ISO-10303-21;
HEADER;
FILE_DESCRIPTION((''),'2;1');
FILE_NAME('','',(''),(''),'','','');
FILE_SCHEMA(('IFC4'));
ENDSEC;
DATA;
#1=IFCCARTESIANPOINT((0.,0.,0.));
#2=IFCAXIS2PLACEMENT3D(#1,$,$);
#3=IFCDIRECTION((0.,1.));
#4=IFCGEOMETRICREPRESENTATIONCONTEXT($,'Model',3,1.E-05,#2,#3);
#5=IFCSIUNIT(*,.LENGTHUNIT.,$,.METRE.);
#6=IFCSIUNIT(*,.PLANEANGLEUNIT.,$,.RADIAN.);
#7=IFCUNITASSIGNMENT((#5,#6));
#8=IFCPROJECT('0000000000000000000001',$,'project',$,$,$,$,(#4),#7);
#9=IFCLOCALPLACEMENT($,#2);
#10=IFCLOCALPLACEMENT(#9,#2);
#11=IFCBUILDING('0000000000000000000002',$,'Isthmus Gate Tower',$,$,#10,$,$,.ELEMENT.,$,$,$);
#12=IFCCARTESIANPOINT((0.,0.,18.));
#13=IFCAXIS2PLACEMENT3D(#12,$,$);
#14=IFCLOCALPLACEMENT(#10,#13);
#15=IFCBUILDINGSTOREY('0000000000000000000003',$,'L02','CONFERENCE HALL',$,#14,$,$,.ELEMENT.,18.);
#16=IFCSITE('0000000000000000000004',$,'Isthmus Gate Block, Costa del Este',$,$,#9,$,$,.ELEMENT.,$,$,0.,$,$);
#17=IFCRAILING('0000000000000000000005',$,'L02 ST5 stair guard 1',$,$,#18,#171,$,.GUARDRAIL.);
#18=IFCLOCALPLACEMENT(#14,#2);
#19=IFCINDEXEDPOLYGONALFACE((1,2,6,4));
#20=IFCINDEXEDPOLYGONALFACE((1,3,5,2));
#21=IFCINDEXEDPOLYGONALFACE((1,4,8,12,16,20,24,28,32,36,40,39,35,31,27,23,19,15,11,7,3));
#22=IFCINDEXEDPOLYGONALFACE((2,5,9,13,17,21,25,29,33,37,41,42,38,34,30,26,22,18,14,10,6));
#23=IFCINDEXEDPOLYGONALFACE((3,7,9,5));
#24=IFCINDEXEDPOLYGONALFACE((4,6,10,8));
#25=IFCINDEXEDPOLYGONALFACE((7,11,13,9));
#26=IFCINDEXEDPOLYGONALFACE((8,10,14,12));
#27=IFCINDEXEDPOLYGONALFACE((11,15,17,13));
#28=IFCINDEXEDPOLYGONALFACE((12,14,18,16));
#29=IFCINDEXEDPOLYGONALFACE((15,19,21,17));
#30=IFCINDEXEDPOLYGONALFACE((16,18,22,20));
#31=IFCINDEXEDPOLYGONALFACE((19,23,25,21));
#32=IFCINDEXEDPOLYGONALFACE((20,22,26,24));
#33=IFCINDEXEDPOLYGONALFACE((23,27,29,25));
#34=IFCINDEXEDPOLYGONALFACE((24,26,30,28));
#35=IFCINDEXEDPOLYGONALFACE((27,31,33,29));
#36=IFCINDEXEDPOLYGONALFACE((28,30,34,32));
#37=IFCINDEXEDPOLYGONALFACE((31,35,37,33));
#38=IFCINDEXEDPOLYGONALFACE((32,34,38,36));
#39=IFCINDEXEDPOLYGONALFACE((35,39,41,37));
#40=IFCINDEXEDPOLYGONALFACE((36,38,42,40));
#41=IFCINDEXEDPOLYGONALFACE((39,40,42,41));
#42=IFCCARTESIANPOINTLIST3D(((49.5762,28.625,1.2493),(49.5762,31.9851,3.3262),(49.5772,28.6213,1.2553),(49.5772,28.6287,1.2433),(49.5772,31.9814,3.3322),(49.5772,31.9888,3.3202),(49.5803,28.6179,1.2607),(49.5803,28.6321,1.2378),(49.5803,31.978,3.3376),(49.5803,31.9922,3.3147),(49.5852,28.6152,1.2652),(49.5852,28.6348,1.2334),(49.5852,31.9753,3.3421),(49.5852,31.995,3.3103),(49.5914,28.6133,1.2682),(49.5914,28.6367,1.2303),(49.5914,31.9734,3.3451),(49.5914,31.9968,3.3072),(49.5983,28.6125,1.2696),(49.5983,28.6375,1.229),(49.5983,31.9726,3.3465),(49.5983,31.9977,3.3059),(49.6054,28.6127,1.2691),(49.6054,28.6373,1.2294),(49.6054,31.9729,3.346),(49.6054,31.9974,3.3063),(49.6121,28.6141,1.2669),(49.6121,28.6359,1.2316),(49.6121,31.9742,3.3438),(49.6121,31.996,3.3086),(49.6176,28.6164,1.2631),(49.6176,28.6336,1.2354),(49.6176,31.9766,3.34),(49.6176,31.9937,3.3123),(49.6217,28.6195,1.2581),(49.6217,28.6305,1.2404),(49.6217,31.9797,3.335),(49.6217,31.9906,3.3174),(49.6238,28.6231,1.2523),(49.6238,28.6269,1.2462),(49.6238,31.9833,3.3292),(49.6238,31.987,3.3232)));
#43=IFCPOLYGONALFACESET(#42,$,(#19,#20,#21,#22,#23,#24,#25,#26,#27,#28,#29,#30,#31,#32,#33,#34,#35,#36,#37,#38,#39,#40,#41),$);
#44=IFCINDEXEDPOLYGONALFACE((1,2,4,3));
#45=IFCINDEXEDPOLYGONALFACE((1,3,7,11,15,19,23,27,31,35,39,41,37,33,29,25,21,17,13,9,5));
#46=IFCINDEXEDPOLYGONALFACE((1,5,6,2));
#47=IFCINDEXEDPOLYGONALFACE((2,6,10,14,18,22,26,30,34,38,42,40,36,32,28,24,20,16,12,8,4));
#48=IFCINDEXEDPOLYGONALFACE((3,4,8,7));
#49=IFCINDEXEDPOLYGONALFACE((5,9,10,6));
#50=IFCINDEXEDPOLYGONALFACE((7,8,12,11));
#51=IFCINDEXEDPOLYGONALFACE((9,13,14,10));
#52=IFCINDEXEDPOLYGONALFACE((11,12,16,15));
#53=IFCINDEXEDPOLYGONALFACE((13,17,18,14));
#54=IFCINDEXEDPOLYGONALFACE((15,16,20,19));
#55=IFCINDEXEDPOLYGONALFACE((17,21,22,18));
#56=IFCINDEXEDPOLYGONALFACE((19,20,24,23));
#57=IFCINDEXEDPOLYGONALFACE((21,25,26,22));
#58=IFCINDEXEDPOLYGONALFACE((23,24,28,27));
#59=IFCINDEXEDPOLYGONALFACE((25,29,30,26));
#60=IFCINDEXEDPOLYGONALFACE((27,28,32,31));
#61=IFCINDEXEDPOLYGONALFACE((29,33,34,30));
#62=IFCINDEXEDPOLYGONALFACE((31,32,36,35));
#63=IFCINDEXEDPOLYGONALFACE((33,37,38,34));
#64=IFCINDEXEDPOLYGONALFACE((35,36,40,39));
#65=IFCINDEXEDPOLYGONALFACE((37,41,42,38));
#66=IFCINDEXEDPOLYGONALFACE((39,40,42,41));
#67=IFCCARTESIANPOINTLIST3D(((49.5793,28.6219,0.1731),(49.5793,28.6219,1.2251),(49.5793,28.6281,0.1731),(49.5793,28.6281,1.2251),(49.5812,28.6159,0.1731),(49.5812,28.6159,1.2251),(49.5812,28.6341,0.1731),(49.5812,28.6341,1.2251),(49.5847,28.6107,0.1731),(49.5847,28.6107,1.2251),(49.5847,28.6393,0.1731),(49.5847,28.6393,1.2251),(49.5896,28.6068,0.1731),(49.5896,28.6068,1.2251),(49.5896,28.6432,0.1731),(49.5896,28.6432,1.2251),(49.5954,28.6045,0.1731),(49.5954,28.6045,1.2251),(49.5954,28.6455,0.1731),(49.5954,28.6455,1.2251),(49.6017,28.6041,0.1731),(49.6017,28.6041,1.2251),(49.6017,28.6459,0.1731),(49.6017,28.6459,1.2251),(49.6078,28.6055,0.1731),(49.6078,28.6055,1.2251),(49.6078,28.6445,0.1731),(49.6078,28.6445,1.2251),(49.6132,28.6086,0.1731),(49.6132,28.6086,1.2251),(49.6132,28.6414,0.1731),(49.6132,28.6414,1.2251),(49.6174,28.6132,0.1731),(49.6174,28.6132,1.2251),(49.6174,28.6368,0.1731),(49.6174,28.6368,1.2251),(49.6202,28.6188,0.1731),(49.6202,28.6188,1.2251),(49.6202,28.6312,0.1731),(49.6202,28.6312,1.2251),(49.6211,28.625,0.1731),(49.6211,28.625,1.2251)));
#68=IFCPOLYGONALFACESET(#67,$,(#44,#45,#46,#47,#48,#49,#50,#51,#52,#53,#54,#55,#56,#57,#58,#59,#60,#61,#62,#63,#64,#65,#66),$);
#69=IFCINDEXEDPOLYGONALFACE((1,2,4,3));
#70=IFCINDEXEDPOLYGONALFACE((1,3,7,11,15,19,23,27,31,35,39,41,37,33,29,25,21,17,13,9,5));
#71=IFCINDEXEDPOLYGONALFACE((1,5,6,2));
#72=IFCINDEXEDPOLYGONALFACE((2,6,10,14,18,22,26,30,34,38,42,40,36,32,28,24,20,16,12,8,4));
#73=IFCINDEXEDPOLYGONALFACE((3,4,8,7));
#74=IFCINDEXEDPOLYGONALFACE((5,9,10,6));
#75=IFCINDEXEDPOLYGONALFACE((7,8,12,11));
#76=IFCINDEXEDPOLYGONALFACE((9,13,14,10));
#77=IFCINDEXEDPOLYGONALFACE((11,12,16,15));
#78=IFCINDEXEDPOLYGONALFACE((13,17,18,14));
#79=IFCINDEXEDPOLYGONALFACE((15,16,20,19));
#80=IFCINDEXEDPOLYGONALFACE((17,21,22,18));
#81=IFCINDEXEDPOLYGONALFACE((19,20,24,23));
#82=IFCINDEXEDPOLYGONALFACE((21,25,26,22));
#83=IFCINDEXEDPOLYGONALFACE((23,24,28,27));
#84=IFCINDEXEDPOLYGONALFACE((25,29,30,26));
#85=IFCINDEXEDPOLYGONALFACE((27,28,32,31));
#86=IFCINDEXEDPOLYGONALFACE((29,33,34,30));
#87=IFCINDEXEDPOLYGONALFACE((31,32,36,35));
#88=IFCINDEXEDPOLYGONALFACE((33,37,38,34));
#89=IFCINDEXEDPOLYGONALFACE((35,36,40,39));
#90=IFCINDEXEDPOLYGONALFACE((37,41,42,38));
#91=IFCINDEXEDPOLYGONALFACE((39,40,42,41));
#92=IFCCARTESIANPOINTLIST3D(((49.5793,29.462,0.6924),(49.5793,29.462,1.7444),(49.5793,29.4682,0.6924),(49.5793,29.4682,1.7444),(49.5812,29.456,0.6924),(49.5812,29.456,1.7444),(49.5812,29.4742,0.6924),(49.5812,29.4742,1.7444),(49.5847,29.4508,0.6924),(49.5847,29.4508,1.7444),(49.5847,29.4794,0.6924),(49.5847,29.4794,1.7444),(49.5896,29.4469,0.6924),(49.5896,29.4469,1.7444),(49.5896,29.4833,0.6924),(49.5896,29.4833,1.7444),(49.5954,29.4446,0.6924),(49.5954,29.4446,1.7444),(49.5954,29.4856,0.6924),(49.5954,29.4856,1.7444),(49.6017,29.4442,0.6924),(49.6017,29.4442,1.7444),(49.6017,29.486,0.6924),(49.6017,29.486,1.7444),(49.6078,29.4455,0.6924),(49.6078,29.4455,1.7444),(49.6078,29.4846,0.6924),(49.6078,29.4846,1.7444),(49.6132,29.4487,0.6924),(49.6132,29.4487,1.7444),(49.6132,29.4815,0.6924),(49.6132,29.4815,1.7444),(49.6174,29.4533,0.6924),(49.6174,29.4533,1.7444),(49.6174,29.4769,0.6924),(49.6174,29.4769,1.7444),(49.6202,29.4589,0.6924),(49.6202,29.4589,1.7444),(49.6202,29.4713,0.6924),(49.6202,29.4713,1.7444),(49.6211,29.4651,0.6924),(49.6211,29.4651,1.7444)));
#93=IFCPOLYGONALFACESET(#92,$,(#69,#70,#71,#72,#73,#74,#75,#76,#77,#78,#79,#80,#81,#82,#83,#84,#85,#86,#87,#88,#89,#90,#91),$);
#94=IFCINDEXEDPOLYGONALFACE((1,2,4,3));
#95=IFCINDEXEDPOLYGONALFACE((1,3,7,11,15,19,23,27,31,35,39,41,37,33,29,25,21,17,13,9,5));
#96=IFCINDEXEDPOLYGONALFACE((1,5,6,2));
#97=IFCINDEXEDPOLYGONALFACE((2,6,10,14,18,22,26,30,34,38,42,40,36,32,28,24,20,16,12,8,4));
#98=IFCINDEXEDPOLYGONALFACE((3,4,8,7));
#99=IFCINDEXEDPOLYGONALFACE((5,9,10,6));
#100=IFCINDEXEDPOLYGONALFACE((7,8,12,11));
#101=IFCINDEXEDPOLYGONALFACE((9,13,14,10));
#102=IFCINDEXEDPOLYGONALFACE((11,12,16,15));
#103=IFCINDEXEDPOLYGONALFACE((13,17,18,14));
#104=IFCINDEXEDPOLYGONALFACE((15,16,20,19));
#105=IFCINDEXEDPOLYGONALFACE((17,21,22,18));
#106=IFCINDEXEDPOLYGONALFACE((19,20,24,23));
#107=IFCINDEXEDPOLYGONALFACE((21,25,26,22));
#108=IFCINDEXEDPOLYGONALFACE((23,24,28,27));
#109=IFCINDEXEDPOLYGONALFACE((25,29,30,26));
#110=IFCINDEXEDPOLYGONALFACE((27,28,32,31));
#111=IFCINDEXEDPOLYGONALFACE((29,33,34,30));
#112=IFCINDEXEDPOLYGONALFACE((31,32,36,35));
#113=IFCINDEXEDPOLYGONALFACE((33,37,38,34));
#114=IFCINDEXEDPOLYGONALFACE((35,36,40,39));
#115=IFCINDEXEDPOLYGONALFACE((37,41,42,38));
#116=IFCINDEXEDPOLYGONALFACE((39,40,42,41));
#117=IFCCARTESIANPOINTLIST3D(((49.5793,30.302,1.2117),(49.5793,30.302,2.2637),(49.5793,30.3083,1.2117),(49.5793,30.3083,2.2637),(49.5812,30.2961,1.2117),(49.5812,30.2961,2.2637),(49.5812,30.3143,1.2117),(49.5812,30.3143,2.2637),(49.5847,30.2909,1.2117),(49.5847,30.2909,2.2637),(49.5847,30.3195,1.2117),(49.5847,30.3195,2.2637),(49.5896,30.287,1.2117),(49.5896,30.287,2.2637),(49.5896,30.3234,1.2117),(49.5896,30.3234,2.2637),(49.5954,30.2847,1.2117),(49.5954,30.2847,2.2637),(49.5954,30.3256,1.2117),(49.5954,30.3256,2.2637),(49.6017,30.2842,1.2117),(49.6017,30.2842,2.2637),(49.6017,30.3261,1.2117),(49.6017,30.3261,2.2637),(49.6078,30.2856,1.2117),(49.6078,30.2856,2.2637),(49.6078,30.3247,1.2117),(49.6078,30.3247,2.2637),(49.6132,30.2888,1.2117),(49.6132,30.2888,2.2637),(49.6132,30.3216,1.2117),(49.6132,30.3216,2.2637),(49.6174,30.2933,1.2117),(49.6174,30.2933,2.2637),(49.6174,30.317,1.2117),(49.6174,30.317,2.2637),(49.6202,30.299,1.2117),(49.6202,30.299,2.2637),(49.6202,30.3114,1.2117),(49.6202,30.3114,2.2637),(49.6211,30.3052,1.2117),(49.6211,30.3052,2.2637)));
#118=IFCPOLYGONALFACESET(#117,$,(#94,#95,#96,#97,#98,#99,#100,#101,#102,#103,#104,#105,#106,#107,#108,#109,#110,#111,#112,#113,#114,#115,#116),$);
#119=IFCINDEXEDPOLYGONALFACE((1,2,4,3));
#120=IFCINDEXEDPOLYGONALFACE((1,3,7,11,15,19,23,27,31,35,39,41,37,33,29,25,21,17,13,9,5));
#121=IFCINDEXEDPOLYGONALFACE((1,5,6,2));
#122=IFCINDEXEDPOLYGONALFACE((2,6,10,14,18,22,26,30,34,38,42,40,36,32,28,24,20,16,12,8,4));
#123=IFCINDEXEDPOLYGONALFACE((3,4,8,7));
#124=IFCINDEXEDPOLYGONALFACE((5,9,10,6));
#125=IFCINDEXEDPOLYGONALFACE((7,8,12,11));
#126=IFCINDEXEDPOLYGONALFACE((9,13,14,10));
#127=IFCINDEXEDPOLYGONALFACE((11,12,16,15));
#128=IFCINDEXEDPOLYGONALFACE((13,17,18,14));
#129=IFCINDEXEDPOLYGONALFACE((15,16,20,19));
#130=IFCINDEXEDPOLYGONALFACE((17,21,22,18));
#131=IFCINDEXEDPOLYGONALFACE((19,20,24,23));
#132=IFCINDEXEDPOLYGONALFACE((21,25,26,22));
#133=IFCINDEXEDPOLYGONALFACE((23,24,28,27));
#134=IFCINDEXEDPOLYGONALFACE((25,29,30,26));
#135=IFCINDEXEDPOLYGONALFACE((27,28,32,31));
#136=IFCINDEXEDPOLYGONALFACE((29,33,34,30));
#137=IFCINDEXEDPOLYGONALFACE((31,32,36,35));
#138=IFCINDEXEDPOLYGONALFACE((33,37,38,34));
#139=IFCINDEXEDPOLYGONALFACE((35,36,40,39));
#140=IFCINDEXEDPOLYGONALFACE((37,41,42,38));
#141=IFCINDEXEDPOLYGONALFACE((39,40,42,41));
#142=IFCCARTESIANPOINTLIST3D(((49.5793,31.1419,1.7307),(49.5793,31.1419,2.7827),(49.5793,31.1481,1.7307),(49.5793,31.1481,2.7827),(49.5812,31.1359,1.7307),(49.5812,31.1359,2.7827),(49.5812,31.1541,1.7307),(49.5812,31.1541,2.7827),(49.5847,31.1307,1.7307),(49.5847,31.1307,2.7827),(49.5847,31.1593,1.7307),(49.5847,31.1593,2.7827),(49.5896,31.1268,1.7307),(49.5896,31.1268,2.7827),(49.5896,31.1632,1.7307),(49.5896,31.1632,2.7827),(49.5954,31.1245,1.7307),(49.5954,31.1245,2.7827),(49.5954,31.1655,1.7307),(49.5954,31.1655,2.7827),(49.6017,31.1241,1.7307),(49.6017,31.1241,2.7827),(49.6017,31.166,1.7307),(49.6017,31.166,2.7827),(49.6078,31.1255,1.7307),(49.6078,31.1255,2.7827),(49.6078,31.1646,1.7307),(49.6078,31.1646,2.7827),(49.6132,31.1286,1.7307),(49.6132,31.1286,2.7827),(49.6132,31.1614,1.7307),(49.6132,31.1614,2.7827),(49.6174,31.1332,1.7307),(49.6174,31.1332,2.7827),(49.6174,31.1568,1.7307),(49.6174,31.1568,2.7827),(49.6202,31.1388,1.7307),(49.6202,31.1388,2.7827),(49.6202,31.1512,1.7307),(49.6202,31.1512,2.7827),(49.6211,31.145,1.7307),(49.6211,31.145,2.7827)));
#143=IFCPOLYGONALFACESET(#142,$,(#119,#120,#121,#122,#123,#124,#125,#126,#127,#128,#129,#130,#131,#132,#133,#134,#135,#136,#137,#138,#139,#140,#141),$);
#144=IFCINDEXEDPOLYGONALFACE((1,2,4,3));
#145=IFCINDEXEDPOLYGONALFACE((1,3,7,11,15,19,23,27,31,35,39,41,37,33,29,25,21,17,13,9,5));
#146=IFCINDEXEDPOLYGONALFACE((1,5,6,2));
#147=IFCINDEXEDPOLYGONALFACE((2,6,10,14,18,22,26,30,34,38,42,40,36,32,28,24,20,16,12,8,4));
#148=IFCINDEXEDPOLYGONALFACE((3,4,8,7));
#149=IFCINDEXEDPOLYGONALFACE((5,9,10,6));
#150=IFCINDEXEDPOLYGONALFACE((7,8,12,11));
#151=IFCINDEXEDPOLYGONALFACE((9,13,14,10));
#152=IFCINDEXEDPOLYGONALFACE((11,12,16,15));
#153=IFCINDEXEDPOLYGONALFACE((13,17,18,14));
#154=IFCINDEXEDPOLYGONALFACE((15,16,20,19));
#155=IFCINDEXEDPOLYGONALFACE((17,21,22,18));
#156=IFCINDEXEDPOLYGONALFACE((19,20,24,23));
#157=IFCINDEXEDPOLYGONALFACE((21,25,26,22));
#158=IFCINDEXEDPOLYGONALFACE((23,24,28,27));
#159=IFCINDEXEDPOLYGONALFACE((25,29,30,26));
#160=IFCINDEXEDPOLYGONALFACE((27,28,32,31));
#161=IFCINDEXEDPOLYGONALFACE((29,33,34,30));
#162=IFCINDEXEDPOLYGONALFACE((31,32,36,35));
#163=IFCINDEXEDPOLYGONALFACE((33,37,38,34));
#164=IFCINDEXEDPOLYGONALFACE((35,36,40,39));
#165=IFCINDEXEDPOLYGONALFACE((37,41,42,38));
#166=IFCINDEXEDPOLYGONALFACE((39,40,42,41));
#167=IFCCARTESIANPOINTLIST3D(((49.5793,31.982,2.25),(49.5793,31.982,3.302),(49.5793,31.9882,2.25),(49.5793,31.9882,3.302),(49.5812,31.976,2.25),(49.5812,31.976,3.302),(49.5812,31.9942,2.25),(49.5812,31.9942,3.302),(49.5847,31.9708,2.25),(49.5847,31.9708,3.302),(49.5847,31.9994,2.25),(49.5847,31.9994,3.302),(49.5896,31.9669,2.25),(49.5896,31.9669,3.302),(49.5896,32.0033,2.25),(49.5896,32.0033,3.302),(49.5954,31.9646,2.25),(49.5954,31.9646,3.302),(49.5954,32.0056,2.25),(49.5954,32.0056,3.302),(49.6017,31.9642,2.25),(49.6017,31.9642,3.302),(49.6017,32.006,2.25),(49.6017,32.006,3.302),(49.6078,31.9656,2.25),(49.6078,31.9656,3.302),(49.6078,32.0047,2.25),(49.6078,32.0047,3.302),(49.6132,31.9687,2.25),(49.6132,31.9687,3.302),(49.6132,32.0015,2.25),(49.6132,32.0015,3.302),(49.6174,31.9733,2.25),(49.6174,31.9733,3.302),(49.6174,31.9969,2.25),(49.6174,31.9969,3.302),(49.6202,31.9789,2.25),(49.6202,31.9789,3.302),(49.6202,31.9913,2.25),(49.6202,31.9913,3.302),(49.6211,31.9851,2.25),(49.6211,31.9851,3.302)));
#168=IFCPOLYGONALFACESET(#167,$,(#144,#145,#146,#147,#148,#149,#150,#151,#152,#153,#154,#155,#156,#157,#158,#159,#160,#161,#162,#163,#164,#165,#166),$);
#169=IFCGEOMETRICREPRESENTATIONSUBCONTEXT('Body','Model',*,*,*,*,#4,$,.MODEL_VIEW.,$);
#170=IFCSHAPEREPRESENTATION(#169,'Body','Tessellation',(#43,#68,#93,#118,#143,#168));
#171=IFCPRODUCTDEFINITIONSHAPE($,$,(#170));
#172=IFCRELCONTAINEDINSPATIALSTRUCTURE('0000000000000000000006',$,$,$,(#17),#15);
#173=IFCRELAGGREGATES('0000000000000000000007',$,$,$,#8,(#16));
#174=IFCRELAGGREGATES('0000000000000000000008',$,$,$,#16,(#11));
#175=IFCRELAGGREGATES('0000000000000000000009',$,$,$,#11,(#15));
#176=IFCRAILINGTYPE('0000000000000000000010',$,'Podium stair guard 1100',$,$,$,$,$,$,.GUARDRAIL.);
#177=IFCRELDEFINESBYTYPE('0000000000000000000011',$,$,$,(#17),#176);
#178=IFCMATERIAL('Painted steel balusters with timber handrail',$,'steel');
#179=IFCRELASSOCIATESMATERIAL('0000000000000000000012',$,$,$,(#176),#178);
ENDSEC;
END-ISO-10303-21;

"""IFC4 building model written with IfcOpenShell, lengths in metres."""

from ifc_helpers import new_model, si_unit, direction, frame, origin, origin_2d, place, context, subcontext, project, spatial, circle, extrude, material, type_object, element, save


model = new_model("IFC4")

# Units and contexts
model_context = context("Model", 3, precision=1e-05, world=origin(), true_north=direction((0.0, 1.0)))
body_context = subcontext(model_context, "Body", "Model", "MODEL_VIEW")
ifc_project = project(units=[si_unit("LENGTHUNIT", "METRE"), si_unit("PLANEANGLEUNIT", "RADIAN")], contexts=[model_context])

# Site, building, storey
site_placement = place(None, origin())
site = spatial("IfcSite", under=ifc_project, at=site_placement, Name="Isthmus Gate Block, Costa del Este", CompositionType="ELEMENT", RefElevation=0.0)
building_placement = place(site_placement, origin())
building = spatial("IfcBuilding", under=site, at=building_placement, Name="Isthmus Gate Tower", CompositionType="ELEMENT")
storey_placement = place(building_placement, frame((0.0, 0.0, 18.0)))
storey = spatial("IfcBuildingStorey", under=building, at=storey_placement, Name="L02", Description="CONFERENCE HALL", CompositionType="ELEMENT", Elevation=18.0)

# Railing
ifc_material_1 = material(Name="Painted steel balusters with timber handrail", Category="steel")
railing_type_1 = type_object("IfcRailingType", Name="Podium stair guard 1100", PredefinedType="GUARDRAIL", material=ifc_material_1)
railing_1_placement = place(storey_placement, frame((49.6001, 28.625, 0.1731)))
element("IfcRailing", 1, at=railing_1_placement, inside=storey, type_object=railing_type_1, Name="L02 ST5 stair guard 1", PredefinedType="GUARDRAIL", context=body_context, shape_type="SweptSolid", body=[
    extrude(circle(Radius=0.0239, at=origin_2d()), frame((0.0, 0.0, 1.0762), z_axis=(0.0, 0.850623, 0.525776), x_axis=(-1.0, 0.0, 0.0)), (0.0, 0.0, 1.0), 3.9502),
    extrude(circle(Radius=0.021, at=origin_2d()), origin(), (0.0, 0.0, 1.0), 1.052),
    extrude(circle(Radius=0.021, at=origin_2d()), frame((0.0, 0.8401, 0.5193)), (0.0, 0.0, 1.0), 1.052),
    extrude(circle(Radius=0.021, at=origin_2d()), frame((0.0, 1.6802, 1.0386)), (0.0, 0.0, 1.0), 1.052),
    extrude(circle(Radius=0.021, at=origin_2d()), frame((0.0, 2.52, 1.5576)), (0.0, 0.0, 1.0), 1.052),
    extrude(circle(Radius=0.021, at=origin_2d()), frame((0.0, 3.3601, 2.0769)), (0.0, 0.0, 1.0), 1.052),
])

save(model, "model.ifc")
